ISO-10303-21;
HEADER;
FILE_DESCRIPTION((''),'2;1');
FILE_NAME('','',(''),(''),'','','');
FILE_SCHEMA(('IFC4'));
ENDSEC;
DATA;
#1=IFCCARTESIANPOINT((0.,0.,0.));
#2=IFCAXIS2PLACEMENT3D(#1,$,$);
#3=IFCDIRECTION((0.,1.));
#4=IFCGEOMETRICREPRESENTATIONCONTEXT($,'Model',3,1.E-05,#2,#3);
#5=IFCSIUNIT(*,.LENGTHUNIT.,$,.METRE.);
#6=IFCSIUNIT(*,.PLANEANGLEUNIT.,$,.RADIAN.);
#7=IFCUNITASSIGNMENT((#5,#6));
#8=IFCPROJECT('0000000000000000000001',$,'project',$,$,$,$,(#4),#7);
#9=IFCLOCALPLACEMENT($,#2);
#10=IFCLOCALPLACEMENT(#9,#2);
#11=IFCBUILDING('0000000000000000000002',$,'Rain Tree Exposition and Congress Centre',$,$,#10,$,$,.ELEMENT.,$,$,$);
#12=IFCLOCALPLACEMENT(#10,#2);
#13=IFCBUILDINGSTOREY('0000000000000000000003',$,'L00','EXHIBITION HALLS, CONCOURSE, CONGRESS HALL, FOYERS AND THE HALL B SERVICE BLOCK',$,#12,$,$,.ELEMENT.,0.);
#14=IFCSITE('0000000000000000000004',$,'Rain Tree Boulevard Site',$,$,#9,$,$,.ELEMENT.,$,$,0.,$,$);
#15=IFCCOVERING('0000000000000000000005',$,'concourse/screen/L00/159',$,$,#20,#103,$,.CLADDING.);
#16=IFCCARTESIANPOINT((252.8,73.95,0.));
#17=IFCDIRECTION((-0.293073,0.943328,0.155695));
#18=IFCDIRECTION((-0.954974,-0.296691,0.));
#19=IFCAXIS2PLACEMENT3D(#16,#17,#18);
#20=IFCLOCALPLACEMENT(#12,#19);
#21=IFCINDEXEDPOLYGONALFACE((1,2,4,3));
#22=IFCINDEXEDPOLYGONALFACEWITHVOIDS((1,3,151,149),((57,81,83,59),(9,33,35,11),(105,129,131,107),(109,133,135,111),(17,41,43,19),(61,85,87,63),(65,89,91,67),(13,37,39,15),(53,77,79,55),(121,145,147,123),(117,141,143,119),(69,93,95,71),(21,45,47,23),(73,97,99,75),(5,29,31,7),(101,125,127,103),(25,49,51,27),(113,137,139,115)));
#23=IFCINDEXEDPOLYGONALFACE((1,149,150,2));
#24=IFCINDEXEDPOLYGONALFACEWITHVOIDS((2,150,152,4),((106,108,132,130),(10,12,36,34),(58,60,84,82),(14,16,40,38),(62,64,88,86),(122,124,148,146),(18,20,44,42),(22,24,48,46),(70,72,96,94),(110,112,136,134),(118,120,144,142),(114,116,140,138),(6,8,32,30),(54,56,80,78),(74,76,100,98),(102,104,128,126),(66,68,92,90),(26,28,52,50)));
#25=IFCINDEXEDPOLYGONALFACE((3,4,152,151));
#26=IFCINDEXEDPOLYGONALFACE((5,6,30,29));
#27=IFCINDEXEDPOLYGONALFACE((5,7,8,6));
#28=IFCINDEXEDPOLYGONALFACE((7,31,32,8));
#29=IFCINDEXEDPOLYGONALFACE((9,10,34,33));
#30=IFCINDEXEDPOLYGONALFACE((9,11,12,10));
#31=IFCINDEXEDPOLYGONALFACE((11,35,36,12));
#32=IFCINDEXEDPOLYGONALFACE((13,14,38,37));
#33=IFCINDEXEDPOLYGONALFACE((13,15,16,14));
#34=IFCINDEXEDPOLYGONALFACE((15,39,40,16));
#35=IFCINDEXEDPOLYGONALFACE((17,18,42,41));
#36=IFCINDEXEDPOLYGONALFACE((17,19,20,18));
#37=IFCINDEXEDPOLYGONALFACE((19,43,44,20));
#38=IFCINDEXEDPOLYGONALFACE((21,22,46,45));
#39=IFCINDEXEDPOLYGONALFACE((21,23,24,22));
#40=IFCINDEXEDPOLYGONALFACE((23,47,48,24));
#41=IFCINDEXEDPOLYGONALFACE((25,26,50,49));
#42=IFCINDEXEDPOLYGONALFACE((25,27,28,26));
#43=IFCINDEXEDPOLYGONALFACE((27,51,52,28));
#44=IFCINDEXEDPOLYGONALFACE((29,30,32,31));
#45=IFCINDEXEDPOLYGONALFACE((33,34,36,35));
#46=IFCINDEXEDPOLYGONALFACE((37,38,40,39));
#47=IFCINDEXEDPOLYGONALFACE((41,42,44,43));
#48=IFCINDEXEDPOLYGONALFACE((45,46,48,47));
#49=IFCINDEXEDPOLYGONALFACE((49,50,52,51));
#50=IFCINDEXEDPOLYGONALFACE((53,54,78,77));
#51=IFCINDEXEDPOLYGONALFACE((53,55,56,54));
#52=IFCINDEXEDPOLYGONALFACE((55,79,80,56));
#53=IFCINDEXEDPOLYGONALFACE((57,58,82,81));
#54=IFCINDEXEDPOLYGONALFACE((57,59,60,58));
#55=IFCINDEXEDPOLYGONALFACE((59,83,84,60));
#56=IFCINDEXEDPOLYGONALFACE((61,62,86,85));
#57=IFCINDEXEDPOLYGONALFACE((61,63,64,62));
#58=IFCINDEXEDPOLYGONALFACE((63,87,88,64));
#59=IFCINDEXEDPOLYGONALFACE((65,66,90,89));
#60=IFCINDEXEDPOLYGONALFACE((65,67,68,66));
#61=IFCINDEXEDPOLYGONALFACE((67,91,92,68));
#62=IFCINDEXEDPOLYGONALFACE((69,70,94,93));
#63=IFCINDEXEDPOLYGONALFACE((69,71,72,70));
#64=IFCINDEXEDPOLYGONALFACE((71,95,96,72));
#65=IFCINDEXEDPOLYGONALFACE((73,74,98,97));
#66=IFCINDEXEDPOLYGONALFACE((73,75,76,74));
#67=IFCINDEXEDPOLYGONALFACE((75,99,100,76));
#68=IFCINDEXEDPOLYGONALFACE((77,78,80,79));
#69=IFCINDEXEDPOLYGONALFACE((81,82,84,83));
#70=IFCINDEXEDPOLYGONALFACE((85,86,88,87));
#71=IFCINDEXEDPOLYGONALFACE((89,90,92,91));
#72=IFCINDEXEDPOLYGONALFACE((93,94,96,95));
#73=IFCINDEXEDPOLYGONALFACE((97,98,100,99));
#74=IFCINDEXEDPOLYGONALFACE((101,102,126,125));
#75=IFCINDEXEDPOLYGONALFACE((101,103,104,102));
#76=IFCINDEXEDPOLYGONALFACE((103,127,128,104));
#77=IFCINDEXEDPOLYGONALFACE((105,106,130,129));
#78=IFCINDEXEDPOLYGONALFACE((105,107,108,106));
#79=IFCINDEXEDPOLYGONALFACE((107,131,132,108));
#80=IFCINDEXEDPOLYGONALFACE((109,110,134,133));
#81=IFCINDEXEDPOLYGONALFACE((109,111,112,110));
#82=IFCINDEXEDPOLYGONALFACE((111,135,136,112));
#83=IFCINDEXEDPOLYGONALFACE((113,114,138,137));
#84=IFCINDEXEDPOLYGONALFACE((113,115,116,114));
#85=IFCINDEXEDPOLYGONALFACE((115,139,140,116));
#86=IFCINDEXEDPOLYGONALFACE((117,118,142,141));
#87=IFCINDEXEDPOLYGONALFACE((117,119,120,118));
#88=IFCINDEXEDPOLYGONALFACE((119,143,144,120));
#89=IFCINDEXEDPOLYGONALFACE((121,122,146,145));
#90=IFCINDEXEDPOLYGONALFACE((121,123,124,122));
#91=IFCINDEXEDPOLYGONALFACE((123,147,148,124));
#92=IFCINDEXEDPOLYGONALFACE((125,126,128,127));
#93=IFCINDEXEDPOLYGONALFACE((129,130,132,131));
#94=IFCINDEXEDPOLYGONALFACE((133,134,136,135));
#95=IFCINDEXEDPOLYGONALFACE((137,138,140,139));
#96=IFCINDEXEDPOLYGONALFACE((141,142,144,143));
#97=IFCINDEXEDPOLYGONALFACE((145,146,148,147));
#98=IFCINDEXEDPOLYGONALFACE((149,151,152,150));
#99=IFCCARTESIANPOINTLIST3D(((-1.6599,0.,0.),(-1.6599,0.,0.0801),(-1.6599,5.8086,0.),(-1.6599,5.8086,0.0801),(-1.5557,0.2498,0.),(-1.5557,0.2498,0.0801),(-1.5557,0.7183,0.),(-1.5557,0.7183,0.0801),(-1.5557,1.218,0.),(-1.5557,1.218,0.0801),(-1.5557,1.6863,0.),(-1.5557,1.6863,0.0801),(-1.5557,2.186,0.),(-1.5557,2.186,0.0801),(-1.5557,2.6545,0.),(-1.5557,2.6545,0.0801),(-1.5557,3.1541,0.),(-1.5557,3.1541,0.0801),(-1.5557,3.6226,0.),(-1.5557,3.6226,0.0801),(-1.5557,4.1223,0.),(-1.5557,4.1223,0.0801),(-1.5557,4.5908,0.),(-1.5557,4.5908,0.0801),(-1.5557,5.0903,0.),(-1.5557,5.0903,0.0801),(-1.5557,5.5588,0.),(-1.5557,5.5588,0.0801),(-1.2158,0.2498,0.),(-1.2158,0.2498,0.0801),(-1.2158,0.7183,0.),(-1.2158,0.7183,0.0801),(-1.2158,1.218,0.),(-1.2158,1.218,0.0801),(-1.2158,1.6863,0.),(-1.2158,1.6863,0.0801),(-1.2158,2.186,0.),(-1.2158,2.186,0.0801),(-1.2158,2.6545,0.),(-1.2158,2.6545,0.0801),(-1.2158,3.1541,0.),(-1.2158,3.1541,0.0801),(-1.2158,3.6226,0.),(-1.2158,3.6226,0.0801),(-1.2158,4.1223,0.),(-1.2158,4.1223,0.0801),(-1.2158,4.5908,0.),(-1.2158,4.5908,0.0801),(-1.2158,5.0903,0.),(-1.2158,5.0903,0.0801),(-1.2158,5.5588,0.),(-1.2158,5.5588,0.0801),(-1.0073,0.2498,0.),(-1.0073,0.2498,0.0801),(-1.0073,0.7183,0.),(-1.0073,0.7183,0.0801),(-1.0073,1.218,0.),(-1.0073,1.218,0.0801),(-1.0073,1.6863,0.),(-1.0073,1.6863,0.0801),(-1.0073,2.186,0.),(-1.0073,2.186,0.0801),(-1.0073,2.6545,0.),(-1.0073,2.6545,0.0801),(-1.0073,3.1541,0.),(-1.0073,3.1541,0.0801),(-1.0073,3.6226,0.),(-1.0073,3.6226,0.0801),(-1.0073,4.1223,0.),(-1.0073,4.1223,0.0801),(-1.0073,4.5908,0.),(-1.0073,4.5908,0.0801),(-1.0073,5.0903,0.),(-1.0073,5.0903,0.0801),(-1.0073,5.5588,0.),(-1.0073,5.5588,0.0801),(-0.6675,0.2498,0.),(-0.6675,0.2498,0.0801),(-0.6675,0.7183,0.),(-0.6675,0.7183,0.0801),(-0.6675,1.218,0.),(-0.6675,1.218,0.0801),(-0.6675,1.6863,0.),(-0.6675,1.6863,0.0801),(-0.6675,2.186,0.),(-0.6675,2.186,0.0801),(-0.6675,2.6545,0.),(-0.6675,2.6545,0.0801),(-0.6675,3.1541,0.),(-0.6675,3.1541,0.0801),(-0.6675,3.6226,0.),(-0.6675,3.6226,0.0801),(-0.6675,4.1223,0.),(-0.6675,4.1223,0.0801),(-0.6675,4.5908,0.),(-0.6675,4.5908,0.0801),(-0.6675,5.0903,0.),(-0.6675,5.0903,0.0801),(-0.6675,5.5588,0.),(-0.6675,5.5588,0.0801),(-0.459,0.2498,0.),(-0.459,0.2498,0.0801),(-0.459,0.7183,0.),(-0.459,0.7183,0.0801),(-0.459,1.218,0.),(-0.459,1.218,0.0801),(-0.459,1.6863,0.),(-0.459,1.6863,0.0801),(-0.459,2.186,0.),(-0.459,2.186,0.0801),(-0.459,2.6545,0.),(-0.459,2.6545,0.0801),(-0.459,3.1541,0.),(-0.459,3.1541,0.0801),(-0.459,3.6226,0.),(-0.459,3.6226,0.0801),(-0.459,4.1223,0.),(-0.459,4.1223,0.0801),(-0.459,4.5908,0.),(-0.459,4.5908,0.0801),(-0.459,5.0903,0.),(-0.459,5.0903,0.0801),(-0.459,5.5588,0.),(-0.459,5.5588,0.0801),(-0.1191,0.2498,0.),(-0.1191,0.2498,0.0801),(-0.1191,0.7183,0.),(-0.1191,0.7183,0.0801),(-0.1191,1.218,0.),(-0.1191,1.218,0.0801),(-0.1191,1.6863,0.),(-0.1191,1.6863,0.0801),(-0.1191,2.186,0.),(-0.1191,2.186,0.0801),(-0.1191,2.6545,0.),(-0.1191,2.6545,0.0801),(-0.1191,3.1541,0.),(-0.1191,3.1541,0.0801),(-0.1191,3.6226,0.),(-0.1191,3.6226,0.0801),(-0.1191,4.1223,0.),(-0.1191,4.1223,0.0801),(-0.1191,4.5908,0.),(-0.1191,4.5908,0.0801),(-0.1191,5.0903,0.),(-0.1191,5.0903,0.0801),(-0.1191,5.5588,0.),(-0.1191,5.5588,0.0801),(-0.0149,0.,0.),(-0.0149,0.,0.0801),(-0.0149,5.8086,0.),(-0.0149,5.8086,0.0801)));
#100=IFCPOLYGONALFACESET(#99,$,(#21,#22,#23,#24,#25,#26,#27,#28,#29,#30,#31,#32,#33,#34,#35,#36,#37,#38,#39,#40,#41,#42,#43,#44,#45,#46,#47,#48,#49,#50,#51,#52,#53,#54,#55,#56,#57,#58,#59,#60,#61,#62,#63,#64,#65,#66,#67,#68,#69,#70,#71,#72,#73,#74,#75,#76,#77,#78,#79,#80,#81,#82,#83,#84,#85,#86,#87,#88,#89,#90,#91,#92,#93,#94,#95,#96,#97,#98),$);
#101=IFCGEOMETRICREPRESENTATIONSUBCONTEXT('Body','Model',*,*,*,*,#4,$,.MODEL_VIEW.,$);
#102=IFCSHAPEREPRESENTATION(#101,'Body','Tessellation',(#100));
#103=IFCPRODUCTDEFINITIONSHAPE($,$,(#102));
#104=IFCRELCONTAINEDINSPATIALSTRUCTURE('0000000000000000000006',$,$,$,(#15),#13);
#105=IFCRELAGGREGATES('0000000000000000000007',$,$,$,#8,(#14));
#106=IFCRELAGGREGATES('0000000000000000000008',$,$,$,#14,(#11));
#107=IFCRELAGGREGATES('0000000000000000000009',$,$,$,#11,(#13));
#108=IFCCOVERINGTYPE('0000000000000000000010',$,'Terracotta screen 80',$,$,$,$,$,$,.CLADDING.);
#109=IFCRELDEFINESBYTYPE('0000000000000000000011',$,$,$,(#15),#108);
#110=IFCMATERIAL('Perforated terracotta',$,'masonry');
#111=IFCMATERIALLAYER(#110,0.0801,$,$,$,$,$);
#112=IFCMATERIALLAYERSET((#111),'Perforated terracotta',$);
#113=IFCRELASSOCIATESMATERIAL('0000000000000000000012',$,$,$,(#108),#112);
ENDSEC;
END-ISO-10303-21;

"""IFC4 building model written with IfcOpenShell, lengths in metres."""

from ifc_helpers import new_model, si_unit, direction, frame, origin, place, context, subcontext, project, spatial, polyline, outline, extrude, material, layer, layer_set, type_object, element, save


model = new_model("IFC4")

# Units and contexts
model_context = context("Model", 3, precision=1e-05, world=origin(), true_north=direction((0.0, 1.0)))
body_context = subcontext(model_context, "Body", "Model", "MODEL_VIEW")
ifc_project = project(units=[si_unit("LENGTHUNIT", "METRE"), si_unit("PLANEANGLEUNIT", "RADIAN")], contexts=[model_context])

# Site, building, storey
site_placement = place(None, origin())
site = spatial("IfcSite", under=ifc_project, at=site_placement, Name="Rain Tree Boulevard Site", CompositionType="ELEMENT", RefElevation=0.0)
building_placement = place(site_placement, origin())
building = spatial("IfcBuilding", under=site, at=building_placement, Name="Rain Tree Exposition and Congress Centre", CompositionType="ELEMENT")
storey_placement = place(building_placement, origin())
storey = spatial("IfcBuildingStorey", under=building, at=storey_placement, Name="L00", Description="EXHIBITION HALLS, CONCOURSE, CONGRESS HALL, FOYERS AND THE HALL B SERVICE BLOCK", CompositionType="ELEMENT", Elevation=0.0)

# Covering
ifc_material_1 = material(Name="Perforated terracotta", Category="masonry")
ifc_layer_1 = layer(ifc_material_1, 0.0801)
ifc_layer_set_1 = layer_set([ifc_layer_1], Name="Perforated terracotta")
covering_type = type_object("IfcCoveringType", Name="Terracotta screen 80", PredefinedType="CLADDING", material=ifc_layer_set_1)
covering_1_placement = place(storey_placement, frame((252.8, 73.95, 0.0), z_axis=(-0.293073, 0.943328, 0.155695), x_axis=(-0.954974, -0.296691, 0.0)))
element("IfcCovering", 1, at=covering_1_placement, inside=storey, type_object=covering_type, Name="concourse/screen/L00/159", PredefinedType="CLADDING", context=body_context, shape_type="SweptSolid", body=[
    extrude(outline(polyline([(-0.0149, 0.0), (-1.6599, 0.0), (-1.6599, 5.8086), (-0.0149, 5.8086), (-0.0149, 0.0)]), holes=[polyline([(-0.1191, 0.2498), (-0.1191, 0.7183), (-0.459, 0.7183), (-0.459, 0.2498), (-0.1191, 0.2498)]), polyline([(-0.1191, 1.218), (-0.1191, 1.6863), (-0.459, 1.6863), (-0.459, 1.218), (-0.1191, 1.218)]), polyline([(-0.1191, 2.186), (-0.1191, 2.6545), (-0.459, 2.6545), (-0.459, 2.186), (-0.1191, 2.186)]), polyline([(-0.1191, 3.1541), (-0.1191, 3.6226), (-0.459, 3.6226), (-0.459, 3.1541), (-0.1191, 3.1541)]), polyline([(-0.1191, 4.1223), (-0.1191, 4.5908), (-0.459, 4.5908), (-0.459, 4.1223), (-0.1191, 4.1223)]), polyline([(-0.1191, 5.0903), (-0.1191, 5.5588), (-0.459, 5.5588), (-0.459, 5.0903), (-0.1191, 5.0903)]), polyline([(-0.6675, 0.2498), (-0.6675, 0.7183), (-1.0073, 0.7183), (-1.0073, 0.2498), (-0.6675, 0.2498)]), polyline([(-0.6675, 1.218), (-0.6675, 1.6863), (-1.0073, 1.6863), (-1.0073, 1.218), (-0.6675, 1.218)]), polyline([(-0.6675, 2.186), (-0.6675, 2.6545), (-1.0073, 2.6545), (-1.0073, 2.186), (-0.6675, 2.186)]), polyline([(-0.6675, 3.1541), (-0.6675, 3.6226), (-1.0073, 3.6226), (-1.0073, 3.1541), (-0.6675, 3.1541)]), polyline([(-0.6675, 4.1223), (-0.6675, 4.5908), (-1.0073, 4.5908), (-1.0073, 4.1223), (-0.6675, 4.1223)]), polyline([(-0.6675, 5.0903), (-0.6675, 5.5588), (-1.0073, 5.5588), (-1.0073, 5.0903), (-0.6675, 5.0903)]), polyline([(-1.2158, 0.2498), (-1.2158, 0.7183), (-1.5557, 0.7183), (-1.5557, 0.2498), (-1.2158, 0.2498)]), polyline([(-1.2158, 1.218), (-1.2158, 1.6863), (-1.5557, 1.6863), (-1.5557, 1.218), (-1.2158, 1.218)]), polyline([(-1.2158, 2.186), (-1.2158, 2.6545), (-1.5557, 2.6545), (-1.5557, 2.186), (-1.2158, 2.186)]), polyline([(-1.2158, 3.1541), (-1.2158, 3.6226), (-1.5557, 3.6226), (-1.5557, 3.1541), (-1.2158, 3.1541)]), polyline([(-1.2158, 4.1223), (-1.2158, 4.5908), (-1.5557, 4.5908), (-1.5557, 4.1223), (-1.2158, 4.1223)]), polyline([(-1.2158, 5.0903), (-1.2158, 5.5588), (-1.5557, 5.5588), (-1.5557, 5.0903), (-1.2158, 5.0903)])]), origin(), (0.0, 0.0, 1.0), 0.0801),
])

save(model, "model.ifc")
